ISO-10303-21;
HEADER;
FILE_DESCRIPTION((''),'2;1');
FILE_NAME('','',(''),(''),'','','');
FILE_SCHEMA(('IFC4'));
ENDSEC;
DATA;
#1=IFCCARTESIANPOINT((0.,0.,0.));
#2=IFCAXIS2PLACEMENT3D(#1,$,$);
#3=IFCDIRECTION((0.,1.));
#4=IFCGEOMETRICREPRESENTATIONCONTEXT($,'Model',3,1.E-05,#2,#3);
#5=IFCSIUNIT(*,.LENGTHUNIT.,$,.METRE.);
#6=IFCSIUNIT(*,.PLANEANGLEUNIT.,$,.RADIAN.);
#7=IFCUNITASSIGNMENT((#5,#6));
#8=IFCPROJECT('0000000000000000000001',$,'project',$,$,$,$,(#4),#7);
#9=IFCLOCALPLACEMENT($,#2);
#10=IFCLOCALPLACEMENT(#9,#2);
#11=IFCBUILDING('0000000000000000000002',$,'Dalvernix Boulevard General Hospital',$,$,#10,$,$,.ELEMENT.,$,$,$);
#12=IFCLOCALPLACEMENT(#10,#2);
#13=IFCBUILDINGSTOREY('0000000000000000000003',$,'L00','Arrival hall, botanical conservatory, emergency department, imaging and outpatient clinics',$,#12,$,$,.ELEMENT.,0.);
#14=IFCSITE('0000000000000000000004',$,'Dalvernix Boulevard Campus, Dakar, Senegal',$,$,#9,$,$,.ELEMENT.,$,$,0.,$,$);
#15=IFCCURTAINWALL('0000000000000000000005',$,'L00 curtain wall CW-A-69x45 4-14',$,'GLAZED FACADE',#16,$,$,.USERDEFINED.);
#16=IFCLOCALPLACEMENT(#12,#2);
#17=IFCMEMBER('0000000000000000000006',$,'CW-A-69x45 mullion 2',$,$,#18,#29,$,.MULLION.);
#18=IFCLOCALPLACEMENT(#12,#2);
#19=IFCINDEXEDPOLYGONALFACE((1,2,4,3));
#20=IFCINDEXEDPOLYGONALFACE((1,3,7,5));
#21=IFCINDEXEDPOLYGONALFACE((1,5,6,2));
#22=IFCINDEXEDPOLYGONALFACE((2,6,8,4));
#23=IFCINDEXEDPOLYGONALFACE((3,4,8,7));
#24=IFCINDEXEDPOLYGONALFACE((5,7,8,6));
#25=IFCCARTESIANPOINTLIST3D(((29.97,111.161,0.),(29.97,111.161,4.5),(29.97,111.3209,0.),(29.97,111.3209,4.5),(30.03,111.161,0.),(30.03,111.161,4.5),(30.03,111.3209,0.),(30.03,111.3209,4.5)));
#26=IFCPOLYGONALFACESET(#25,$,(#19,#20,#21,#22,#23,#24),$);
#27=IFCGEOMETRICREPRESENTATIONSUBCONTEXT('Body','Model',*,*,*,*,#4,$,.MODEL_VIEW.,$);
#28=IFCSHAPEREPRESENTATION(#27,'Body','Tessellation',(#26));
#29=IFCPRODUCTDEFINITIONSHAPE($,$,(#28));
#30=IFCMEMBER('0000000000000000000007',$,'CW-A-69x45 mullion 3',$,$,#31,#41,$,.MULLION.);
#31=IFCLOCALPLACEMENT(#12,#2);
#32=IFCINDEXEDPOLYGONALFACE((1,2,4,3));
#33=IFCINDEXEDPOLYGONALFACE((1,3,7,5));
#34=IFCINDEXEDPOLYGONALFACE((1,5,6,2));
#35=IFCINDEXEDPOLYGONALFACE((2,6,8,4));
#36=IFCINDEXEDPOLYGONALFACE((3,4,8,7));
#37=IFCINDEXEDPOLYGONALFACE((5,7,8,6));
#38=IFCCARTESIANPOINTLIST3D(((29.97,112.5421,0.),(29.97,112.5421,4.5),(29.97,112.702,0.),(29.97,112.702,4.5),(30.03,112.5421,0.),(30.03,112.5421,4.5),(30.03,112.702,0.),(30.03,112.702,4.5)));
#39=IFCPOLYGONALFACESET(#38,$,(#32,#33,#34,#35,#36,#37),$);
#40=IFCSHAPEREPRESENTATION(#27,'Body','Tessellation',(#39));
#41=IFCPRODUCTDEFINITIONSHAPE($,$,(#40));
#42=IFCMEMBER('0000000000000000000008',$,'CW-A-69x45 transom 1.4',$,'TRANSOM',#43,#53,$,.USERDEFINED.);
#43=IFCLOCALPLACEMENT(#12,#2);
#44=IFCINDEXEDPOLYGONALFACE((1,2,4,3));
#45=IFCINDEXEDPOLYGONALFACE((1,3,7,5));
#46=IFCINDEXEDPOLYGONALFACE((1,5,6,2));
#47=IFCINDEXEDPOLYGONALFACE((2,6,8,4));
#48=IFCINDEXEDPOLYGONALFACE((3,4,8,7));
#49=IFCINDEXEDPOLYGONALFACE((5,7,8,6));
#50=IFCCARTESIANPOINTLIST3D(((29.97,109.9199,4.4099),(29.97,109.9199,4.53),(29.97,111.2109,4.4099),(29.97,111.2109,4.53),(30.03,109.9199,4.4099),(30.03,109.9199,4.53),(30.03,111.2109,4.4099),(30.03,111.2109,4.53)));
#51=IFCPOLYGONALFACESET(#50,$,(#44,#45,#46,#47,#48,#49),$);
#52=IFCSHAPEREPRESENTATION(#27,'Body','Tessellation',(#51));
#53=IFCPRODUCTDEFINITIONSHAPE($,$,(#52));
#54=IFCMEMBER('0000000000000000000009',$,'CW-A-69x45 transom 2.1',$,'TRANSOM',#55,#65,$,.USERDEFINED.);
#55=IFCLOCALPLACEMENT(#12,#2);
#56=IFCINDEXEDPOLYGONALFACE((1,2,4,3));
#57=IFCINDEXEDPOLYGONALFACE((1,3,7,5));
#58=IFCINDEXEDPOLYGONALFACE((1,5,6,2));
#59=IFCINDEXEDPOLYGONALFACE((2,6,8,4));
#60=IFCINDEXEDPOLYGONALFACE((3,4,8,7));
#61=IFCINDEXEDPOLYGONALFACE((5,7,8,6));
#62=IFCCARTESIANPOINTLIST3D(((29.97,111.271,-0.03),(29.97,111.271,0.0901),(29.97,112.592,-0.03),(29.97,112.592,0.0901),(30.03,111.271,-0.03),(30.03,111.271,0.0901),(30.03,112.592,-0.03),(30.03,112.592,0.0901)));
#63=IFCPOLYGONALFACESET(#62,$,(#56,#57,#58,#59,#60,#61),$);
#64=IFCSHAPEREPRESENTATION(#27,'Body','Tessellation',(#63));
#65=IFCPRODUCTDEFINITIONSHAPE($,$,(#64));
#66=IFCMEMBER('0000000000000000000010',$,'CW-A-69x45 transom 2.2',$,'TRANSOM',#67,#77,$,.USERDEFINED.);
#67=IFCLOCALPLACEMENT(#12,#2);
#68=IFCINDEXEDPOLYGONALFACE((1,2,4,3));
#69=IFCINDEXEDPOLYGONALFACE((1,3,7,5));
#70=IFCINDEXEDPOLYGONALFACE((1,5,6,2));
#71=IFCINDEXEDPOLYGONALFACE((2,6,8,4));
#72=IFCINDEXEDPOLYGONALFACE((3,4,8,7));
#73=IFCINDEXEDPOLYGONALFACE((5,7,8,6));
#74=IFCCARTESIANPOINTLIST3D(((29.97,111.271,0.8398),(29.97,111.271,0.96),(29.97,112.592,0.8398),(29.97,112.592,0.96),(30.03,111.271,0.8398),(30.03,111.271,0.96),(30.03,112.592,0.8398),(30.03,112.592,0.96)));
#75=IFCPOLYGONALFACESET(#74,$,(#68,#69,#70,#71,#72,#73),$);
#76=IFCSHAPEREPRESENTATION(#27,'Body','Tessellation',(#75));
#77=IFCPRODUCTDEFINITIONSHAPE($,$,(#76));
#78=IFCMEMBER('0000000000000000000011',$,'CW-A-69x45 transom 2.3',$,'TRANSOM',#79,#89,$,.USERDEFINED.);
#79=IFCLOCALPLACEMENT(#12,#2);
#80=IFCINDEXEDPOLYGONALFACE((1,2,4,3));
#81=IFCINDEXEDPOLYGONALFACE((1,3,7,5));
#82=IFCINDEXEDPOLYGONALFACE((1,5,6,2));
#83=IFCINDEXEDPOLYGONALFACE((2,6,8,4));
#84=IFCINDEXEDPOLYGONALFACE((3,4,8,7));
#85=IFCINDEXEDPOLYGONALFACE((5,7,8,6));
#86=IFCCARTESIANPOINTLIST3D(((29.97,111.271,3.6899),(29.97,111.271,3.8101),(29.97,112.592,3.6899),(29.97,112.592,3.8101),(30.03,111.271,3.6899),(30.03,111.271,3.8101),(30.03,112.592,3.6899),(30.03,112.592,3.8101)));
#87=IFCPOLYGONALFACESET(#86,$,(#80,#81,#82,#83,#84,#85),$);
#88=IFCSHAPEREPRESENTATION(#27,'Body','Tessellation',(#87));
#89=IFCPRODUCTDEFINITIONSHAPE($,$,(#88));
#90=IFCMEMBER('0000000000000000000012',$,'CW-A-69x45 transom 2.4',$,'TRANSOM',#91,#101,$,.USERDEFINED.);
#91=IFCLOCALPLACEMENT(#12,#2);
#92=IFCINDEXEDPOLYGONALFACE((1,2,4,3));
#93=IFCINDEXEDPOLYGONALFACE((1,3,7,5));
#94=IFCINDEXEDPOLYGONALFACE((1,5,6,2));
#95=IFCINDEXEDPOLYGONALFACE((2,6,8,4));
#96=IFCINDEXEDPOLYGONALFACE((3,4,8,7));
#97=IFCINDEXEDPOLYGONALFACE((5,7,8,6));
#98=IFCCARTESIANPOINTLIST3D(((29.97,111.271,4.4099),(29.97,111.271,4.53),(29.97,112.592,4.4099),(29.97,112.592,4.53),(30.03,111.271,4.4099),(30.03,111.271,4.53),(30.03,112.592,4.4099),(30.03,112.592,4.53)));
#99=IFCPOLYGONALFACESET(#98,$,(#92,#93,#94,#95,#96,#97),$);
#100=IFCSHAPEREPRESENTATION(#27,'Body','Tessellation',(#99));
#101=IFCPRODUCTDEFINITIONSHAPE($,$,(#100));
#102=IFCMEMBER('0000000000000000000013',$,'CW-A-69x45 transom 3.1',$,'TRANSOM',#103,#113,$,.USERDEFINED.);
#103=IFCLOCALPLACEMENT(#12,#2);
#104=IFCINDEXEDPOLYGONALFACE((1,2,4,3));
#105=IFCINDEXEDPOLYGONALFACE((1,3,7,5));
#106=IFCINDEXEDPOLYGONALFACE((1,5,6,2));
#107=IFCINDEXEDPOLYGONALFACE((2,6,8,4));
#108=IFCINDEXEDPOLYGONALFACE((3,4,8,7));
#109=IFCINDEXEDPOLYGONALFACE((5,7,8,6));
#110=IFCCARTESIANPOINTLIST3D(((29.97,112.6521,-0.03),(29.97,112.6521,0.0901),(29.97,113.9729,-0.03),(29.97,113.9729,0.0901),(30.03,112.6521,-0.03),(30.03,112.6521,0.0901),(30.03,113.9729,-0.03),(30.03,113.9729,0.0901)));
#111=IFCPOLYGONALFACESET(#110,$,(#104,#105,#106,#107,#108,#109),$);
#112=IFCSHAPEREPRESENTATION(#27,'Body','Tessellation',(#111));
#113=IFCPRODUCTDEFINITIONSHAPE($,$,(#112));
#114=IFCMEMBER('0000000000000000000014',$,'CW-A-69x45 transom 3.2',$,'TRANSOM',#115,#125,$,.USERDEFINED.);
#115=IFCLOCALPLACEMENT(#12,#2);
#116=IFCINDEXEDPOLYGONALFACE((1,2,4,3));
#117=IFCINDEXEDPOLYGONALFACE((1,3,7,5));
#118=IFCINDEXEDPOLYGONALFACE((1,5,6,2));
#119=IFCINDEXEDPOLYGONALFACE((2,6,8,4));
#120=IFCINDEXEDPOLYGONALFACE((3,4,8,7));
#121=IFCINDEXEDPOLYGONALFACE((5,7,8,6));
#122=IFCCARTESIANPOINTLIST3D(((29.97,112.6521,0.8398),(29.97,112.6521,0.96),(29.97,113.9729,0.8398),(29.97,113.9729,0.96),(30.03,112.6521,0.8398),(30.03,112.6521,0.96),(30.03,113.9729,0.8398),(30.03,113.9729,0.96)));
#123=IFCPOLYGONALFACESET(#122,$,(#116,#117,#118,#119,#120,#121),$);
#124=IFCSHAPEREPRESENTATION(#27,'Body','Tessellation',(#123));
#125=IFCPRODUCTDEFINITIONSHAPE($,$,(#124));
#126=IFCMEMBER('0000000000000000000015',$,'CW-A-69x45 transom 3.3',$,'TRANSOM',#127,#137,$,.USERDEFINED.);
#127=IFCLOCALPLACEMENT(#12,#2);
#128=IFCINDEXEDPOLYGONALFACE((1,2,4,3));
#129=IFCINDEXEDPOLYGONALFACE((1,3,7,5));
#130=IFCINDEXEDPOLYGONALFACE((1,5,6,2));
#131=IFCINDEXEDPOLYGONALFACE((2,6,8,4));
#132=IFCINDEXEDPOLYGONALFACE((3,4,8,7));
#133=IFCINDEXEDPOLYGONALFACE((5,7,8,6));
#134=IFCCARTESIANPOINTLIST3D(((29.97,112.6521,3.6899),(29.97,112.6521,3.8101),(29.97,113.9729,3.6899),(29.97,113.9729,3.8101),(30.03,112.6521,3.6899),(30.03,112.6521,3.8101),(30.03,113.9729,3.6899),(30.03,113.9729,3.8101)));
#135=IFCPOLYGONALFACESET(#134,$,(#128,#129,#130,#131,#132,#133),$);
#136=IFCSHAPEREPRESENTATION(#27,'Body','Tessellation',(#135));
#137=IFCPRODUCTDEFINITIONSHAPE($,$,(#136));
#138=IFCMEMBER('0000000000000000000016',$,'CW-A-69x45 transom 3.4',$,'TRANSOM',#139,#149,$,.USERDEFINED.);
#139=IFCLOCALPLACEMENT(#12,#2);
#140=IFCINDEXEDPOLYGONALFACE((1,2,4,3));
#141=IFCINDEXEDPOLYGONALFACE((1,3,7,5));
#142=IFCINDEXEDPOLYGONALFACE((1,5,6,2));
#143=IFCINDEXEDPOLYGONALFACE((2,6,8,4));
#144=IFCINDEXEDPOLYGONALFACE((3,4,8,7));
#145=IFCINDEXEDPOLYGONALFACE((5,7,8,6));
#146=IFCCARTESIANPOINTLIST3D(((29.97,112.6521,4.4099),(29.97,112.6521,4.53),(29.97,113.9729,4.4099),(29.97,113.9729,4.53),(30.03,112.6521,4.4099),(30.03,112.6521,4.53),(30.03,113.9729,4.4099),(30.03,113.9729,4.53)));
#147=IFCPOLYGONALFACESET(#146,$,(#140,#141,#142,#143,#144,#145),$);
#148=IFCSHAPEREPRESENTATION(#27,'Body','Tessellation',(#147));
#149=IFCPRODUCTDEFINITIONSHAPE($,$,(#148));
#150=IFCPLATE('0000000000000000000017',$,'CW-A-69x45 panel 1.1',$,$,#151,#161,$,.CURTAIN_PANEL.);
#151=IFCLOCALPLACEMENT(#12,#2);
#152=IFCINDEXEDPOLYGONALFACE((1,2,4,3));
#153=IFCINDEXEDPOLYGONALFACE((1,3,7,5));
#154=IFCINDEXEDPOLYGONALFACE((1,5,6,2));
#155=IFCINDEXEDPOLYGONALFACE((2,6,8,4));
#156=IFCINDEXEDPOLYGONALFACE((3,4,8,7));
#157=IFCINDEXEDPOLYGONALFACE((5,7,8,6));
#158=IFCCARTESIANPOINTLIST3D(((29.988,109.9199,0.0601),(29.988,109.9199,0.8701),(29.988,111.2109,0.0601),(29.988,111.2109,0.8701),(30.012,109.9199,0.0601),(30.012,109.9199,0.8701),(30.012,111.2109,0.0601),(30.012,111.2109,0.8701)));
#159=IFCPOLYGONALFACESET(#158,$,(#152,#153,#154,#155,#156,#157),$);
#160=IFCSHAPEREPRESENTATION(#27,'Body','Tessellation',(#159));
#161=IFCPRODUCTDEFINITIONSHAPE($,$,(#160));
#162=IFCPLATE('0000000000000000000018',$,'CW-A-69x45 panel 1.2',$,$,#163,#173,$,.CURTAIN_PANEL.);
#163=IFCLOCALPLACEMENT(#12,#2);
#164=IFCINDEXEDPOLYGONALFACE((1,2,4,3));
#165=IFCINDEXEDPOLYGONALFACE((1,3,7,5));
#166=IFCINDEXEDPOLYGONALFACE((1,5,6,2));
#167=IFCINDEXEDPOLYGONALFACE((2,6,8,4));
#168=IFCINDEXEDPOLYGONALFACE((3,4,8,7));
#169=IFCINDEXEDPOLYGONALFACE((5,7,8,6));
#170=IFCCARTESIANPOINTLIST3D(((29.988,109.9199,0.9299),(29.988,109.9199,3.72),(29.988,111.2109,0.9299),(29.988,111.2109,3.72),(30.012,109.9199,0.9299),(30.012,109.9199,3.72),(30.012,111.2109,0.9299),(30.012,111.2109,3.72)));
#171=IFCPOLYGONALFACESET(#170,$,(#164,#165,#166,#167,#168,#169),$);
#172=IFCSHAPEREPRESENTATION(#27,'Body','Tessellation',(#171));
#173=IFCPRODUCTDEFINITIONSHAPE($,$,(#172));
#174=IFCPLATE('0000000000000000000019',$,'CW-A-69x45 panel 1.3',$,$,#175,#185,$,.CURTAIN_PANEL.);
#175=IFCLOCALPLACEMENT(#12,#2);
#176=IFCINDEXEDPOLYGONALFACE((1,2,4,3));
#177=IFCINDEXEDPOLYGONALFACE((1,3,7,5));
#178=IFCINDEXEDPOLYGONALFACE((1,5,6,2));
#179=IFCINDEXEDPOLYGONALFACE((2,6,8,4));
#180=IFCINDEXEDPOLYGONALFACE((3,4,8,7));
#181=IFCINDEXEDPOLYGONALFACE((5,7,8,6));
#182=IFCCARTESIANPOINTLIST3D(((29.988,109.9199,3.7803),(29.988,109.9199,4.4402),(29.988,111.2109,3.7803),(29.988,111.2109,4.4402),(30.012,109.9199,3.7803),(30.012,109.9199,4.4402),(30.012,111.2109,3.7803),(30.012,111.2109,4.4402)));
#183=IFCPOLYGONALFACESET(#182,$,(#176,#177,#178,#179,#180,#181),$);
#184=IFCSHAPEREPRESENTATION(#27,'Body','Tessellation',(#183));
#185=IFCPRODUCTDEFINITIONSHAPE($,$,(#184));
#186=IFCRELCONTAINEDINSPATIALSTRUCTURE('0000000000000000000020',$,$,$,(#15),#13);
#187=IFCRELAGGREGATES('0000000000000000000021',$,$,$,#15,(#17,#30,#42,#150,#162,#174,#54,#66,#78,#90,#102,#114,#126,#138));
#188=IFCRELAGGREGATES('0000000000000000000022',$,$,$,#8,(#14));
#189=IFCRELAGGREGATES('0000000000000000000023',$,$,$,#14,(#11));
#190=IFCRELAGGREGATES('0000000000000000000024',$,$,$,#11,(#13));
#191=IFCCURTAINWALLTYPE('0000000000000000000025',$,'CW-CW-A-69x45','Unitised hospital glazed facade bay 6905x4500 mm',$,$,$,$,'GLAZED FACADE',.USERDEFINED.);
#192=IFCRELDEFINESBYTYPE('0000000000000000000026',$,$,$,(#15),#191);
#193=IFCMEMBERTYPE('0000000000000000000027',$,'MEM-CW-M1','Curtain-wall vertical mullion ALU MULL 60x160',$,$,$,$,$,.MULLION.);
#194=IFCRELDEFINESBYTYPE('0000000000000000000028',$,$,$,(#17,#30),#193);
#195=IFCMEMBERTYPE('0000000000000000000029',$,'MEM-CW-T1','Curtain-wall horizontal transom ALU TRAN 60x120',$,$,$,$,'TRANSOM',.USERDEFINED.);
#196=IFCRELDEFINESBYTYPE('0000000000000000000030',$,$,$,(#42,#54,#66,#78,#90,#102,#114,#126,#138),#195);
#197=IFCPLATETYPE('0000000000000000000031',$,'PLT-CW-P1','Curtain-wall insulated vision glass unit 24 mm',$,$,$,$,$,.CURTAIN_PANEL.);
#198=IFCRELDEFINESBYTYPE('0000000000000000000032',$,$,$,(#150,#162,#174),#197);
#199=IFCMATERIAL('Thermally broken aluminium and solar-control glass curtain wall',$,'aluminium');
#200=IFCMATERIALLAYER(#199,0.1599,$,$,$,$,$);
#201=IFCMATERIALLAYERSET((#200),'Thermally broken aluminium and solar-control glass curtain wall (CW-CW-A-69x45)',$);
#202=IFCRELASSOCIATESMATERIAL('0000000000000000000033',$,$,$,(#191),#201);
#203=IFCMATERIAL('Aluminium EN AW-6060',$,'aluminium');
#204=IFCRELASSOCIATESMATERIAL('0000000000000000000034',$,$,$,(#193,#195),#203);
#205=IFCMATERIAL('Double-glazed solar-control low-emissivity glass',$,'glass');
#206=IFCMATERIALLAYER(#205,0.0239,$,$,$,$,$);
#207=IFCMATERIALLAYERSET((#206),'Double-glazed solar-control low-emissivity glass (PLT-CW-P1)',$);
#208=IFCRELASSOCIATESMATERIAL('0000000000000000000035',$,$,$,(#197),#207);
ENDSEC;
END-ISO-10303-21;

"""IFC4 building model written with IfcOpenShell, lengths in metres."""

from ifc_helpers import new_model, si_unit, direction, frame, origin, origin_2d, place, context, subcontext, project, spatial, rectangle, extrude, material, layer, layer_set, material_profile, profile_set, type_object, element, aggregate, save


model = new_model("IFC4")

# Units and contexts
model_context = context("Model", 3, precision=1e-05, world=origin(), true_north=direction((0.0, 1.0)))
body_context = subcontext(model_context, "Body", "Model", "MODEL_VIEW")
ifc_project = project(units=[si_unit("LENGTHUNIT", "METRE"), si_unit("PLANEANGLEUNIT", "RADIAN")], contexts=[model_context])

# Site, building, storey
site_placement = place(None, origin())
site = spatial("IfcSite", under=ifc_project, at=site_placement, Name="Dalvernix Boulevard Campus, Dakar, Senegal", CompositionType="ELEMENT", RefElevation=0.0)
building_placement = place(site_placement, origin())
building = spatial("IfcBuilding", under=site, at=building_placement, Name="Dalvernix Boulevard General Hospital", CompositionType="ELEMENT")
storey_placement = place(building_placement, origin())
storey = spatial("IfcBuildingStorey", under=building, at=storey_placement, Name="L00", Description="Arrival hall, botanical conservatory, emergency department, imaging and outpatient clinics", CompositionType="ELEMENT", Elevation=0.0)

# Curtain wall, members, plates
ifc_material_1 = material(Name="Thermally broken aluminium and solar-control glass curtain wall", Category="aluminium")
ifc_layer_1 = layer(ifc_material_1, 0.1599)
ifc_layer_set_1 = layer_set([ifc_layer_1], Name="Thermally broken aluminium and solar-control glass curtain wall (CW-CW-A-69x45)")
curtain_wall_type = type_object("IfcCurtainWallType", Name="CW-CW-A-69x45", Description="Unitised hospital glazed facade bay 6905x4500 mm", ElementType="GLAZED FACADE", PredefinedType="USERDEFINED", material=ifc_layer_set_1)
curtain_wall_placement = place(storey_placement, origin())
curtain_wall = element("IfcCurtainWall", 1, at=curtain_wall_placement, inside=storey, type_object=curtain_wall_type, Name="L00 curtain wall CW-A-69x45 4-14", ObjectType="GLAZED FACADE", PredefinedType="USERDEFINED")
ifc_material_2 = material(Name="Aluminium EN AW-6060", Category="aluminium")
ifc_material_profile_1 = material_profile(ifc_material_2, rectangle(XDim=0.0601, YDim=0.1599, at=origin_2d()), Name="ALU MULL 60x160")
ifc_profile_set_1 = profile_set([ifc_material_profile_1], Name="Aluminium EN AW-6060")
member_type_1 = type_object("IfcMemberType", Name="MEM-CW-M1", Description="Curtain-wall vertical mullion ALU MULL 60x160", PredefinedType="MULLION", material=ifc_profile_set_1)
member_1_placement = place(storey_placement, frame((30.0, 111.241, 0.0), z_axis=(0.0, 0.0, 1.0), x_axis=(-1.0, 0.0, 0.0)))
member_1 = element("IfcMember", 2, at=member_1_placement, type_object=member_type_1, Name="CW-A-69x45 mullion 2", PredefinedType="MULLION", context=body_context, shape_type="SweptSolid", body=[
    extrude(rectangle(XDim=0.0601, YDim=0.1599, at=origin_2d()), origin(), (0.0, 0.0, 1.0), 4.5),
])
member_2_placement = place(storey_placement, frame((30.0, 112.6221, 0.0), z_axis=(0.0, 0.0, 1.0), x_axis=(-1.0, 0.0, 0.0)))
member_2 = element("IfcMember", 3, at=member_2_placement, type_object=member_type_1, Name="CW-A-69x45 mullion 3", PredefinedType="MULLION", context=body_context, shape_type="SweptSolid", body=[
    extrude(rectangle(XDim=0.0601, YDim=0.1599, at=origin_2d()), origin(), (0.0, 0.0, 1.0), 4.5),
])
ifc_material_profile_2 = material_profile(ifc_material_2, rectangle(XDim=0.0601, YDim=0.1201, at=origin_2d()), Name="ALU TRAN 60x120")
ifc_profile_set_2 = profile_set([ifc_material_profile_2], Name="Aluminium EN AW-6060")
member_type_2 = type_object("IfcMemberType", Name="MEM-CW-T1", Description="Curtain-wall horizontal transom ALU TRAN 60x120", ElementType="TRANSOM", PredefinedType="USERDEFINED", material=ifc_profile_set_2)
member_3_placement = place(storey_placement, frame((30.0, 109.9199, 4.47), z_axis=(0.0, 1.0, 0.0), x_axis=(-1.0, 0.0, 0.0)))
member_3 = element("IfcMember", 4, at=member_3_placement, type_object=member_type_2, Name="CW-A-69x45 transom 1.4", ObjectType="TRANSOM", PredefinedType="USERDEFINED", context=body_context, shape_type="SweptSolid", body=[
    extrude(rectangle(XDim=0.0601, YDim=0.1201, at=origin_2d()), origin(), (0.0, 0.0, 1.0), 1.291),
])
member_4_placement = place(storey_placement, frame((30.0, 111.271, 0.03), z_axis=(0.0, 1.0, 0.0), x_axis=(-1.0, 0.0, 0.0)))
member_4 = element("IfcMember", 5, at=member_4_placement, type_object=member_type_2, Name="CW-A-69x45 transom 2.1", ObjectType="TRANSOM", PredefinedType="USERDEFINED", context=body_context, shape_type="SweptSolid", body=[
    extrude(rectangle(XDim=0.0601, YDim=0.1201, at=origin_2d()), origin(), (0.0, 0.0, 1.0), 1.321),
])
member_5_placement = place(storey_placement, frame((30.0, 111.271, 0.8999), z_axis=(0.0, 1.0, 0.0), x_axis=(-1.0, 0.0, 0.0)))
member_5 = element("IfcMember", 6, at=member_5_placement, type_object=member_type_2, Name="CW-A-69x45 transom 2.2", ObjectType="TRANSOM", PredefinedType="USERDEFINED", context=body_context, shape_type="SweptSolid", body=[
    extrude(rectangle(XDim=0.0601, YDim=0.1201, at=origin_2d()), origin(), (0.0, 0.0, 1.0), 1.321),
])
member_6_placement = place(storey_placement, frame((30.0, 111.271, 3.75), z_axis=(0.0, 1.0, 0.0), x_axis=(-1.0, 0.0, 0.0)))
member_6 = element("IfcMember", 7, at=member_6_placement, type_object=member_type_2, Name="CW-A-69x45 transom 2.3", ObjectType="TRANSOM", PredefinedType="USERDEFINED", context=body_context, shape_type="SweptSolid", body=[
    extrude(rectangle(XDim=0.0601, YDim=0.1201, at=origin_2d()), origin(), (0.0, 0.0, 1.0), 1.321),
])
member_7_placement = place(storey_placement, frame((30.0, 111.271, 4.47), z_axis=(0.0, 1.0, 0.0), x_axis=(-1.0, 0.0, 0.0)))
member_7 = element("IfcMember", 8, at=member_7_placement, type_object=member_type_2, Name="CW-A-69x45 transom 2.4", ObjectType="TRANSOM", PredefinedType="USERDEFINED", context=body_context, shape_type="SweptSolid", body=[
    extrude(rectangle(XDim=0.0601, YDim=0.1201, at=origin_2d()), origin(), (0.0, 0.0, 1.0), 1.321),
])
member_8_placement = place(storey_placement, frame((30.0, 112.6521, 0.03), z_axis=(0.0, 1.0, 0.0), x_axis=(-1.0, 0.0, 0.0)))
member_8 = element("IfcMember", 9, at=member_8_placement, type_object=member_type_2, Name="CW-A-69x45 transom 3.1", ObjectType="TRANSOM", PredefinedType="USERDEFINED", context=body_context, shape_type="SweptSolid", body=[
    extrude(rectangle(XDim=0.0601, YDim=0.1201, at=origin_2d()), origin(), (0.0, 0.0, 1.0), 1.3208),
])
member_9_placement = place(storey_placement, frame((30.0, 112.6521, 0.8999), z_axis=(0.0, 1.0, 0.0), x_axis=(-1.0, 0.0, 0.0)))
member_9 = element("IfcMember", 10, at=member_9_placement, type_object=member_type_2, Name="CW-A-69x45 transom 3.2", ObjectType="TRANSOM", PredefinedType="USERDEFINED", context=body_context, shape_type="SweptSolid", body=[
    extrude(rectangle(XDim=0.0601, YDim=0.1201, at=origin_2d()), origin(), (0.0, 0.0, 1.0), 1.3208),
])
member_10_placement = place(storey_placement, frame((30.0, 112.6521, 3.75), z_axis=(0.0, 1.0, 0.0), x_axis=(-1.0, 0.0, 0.0)))
member_10 = element("IfcMember", 11, at=member_10_placement, type_object=member_type_2, Name="CW-A-69x45 transom 3.3", ObjectType="TRANSOM", PredefinedType="USERDEFINED", context=body_context, shape_type="SweptSolid", body=[
    extrude(rectangle(XDim=0.0601, YDim=0.1201, at=origin_2d()), origin(), (0.0, 0.0, 1.0), 1.3208),
])
member_11_placement = place(storey_placement, frame((30.0, 112.6521, 4.47), z_axis=(0.0, 1.0, 0.0), x_axis=(-1.0, 0.0, 0.0)))
member_11 = element("IfcMember", 12, at=member_11_placement, type_object=member_type_2, Name="CW-A-69x45 transom 3.4", ObjectType="TRANSOM", PredefinedType="USERDEFINED", context=body_context, shape_type="SweptSolid", body=[
    extrude(rectangle(XDim=0.0601, YDim=0.1201, at=origin_2d()), origin(), (0.0, 0.0, 1.0), 1.3208),
])
ifc_material_3 = material(Name="Double-glazed solar-control low-emissivity glass", Category="glass")
ifc_layer_2 = layer(ifc_material_3, 0.0239)
ifc_layer_set_2 = layer_set([ifc_layer_2], Name="Double-glazed solar-control low-emissivity glass (PLT-CW-P1)")
plate_type = type_object("IfcPlateType", Name="PLT-CW-P1", Description="Curtain-wall insulated vision glass unit 24 mm", PredefinedType="CURTAIN_PANEL", material=ifc_layer_set_2)
plate_1_placement = place(storey_placement, frame((30.0, 110.5654, 0.0601), z_axis=(0.0, 0.0, 1.0), x_axis=(0.0, 1.0, 0.0)))
plate_1 = element("IfcPlate", 13, at=plate_1_placement, type_object=plate_type, Name="CW-A-69x45 panel 1.1", PredefinedType="CURTAIN_PANEL", context=body_context, shape_type="SweptSolid", body=[
    extrude(rectangle(XDim=1.291, YDim=0.0239, at=origin_2d()), origin(), (0.0, 0.0, 1.0), 0.8101),
])
plate_2_placement = place(storey_placement, frame((30.0, 110.5654, 0.9299), z_axis=(0.0, 0.0, 1.0), x_axis=(0.0, 1.0, 0.0)))
plate_2 = element("IfcPlate", 14, at=plate_2_placement, type_object=plate_type, Name="CW-A-69x45 panel 1.2", PredefinedType="CURTAIN_PANEL", context=body_context, shape_type="SweptSolid", body=[
    extrude(rectangle(XDim=1.291, YDim=0.0239, at=origin_2d()), origin(), (0.0, 0.0, 1.0), 2.79),
])
plate_3_placement = place(storey_placement, frame((30.0, 110.5654, 3.7803), z_axis=(0.0, 0.0, 1.0), x_axis=(0.0, 1.0, 0.0)))
plate_3 = element("IfcPlate", 15, at=plate_3_placement, type_object=plate_type, Name="CW-A-69x45 panel 1.3", PredefinedType="CURTAIN_PANEL", context=body_context, shape_type="SweptSolid", body=[
    extrude(rectangle(XDim=1.291, YDim=0.0239, at=origin_2d()), origin(), (0.0, 0.0, 1.0), 0.6599),
])
aggregate(curtain_wall, [member_1, member_2, member_3, plate_1, plate_2, plate_3, member_4, member_5, member_6, member_7, member_8, member_9, member_10, member_11])

save(model, "model.ifc")
